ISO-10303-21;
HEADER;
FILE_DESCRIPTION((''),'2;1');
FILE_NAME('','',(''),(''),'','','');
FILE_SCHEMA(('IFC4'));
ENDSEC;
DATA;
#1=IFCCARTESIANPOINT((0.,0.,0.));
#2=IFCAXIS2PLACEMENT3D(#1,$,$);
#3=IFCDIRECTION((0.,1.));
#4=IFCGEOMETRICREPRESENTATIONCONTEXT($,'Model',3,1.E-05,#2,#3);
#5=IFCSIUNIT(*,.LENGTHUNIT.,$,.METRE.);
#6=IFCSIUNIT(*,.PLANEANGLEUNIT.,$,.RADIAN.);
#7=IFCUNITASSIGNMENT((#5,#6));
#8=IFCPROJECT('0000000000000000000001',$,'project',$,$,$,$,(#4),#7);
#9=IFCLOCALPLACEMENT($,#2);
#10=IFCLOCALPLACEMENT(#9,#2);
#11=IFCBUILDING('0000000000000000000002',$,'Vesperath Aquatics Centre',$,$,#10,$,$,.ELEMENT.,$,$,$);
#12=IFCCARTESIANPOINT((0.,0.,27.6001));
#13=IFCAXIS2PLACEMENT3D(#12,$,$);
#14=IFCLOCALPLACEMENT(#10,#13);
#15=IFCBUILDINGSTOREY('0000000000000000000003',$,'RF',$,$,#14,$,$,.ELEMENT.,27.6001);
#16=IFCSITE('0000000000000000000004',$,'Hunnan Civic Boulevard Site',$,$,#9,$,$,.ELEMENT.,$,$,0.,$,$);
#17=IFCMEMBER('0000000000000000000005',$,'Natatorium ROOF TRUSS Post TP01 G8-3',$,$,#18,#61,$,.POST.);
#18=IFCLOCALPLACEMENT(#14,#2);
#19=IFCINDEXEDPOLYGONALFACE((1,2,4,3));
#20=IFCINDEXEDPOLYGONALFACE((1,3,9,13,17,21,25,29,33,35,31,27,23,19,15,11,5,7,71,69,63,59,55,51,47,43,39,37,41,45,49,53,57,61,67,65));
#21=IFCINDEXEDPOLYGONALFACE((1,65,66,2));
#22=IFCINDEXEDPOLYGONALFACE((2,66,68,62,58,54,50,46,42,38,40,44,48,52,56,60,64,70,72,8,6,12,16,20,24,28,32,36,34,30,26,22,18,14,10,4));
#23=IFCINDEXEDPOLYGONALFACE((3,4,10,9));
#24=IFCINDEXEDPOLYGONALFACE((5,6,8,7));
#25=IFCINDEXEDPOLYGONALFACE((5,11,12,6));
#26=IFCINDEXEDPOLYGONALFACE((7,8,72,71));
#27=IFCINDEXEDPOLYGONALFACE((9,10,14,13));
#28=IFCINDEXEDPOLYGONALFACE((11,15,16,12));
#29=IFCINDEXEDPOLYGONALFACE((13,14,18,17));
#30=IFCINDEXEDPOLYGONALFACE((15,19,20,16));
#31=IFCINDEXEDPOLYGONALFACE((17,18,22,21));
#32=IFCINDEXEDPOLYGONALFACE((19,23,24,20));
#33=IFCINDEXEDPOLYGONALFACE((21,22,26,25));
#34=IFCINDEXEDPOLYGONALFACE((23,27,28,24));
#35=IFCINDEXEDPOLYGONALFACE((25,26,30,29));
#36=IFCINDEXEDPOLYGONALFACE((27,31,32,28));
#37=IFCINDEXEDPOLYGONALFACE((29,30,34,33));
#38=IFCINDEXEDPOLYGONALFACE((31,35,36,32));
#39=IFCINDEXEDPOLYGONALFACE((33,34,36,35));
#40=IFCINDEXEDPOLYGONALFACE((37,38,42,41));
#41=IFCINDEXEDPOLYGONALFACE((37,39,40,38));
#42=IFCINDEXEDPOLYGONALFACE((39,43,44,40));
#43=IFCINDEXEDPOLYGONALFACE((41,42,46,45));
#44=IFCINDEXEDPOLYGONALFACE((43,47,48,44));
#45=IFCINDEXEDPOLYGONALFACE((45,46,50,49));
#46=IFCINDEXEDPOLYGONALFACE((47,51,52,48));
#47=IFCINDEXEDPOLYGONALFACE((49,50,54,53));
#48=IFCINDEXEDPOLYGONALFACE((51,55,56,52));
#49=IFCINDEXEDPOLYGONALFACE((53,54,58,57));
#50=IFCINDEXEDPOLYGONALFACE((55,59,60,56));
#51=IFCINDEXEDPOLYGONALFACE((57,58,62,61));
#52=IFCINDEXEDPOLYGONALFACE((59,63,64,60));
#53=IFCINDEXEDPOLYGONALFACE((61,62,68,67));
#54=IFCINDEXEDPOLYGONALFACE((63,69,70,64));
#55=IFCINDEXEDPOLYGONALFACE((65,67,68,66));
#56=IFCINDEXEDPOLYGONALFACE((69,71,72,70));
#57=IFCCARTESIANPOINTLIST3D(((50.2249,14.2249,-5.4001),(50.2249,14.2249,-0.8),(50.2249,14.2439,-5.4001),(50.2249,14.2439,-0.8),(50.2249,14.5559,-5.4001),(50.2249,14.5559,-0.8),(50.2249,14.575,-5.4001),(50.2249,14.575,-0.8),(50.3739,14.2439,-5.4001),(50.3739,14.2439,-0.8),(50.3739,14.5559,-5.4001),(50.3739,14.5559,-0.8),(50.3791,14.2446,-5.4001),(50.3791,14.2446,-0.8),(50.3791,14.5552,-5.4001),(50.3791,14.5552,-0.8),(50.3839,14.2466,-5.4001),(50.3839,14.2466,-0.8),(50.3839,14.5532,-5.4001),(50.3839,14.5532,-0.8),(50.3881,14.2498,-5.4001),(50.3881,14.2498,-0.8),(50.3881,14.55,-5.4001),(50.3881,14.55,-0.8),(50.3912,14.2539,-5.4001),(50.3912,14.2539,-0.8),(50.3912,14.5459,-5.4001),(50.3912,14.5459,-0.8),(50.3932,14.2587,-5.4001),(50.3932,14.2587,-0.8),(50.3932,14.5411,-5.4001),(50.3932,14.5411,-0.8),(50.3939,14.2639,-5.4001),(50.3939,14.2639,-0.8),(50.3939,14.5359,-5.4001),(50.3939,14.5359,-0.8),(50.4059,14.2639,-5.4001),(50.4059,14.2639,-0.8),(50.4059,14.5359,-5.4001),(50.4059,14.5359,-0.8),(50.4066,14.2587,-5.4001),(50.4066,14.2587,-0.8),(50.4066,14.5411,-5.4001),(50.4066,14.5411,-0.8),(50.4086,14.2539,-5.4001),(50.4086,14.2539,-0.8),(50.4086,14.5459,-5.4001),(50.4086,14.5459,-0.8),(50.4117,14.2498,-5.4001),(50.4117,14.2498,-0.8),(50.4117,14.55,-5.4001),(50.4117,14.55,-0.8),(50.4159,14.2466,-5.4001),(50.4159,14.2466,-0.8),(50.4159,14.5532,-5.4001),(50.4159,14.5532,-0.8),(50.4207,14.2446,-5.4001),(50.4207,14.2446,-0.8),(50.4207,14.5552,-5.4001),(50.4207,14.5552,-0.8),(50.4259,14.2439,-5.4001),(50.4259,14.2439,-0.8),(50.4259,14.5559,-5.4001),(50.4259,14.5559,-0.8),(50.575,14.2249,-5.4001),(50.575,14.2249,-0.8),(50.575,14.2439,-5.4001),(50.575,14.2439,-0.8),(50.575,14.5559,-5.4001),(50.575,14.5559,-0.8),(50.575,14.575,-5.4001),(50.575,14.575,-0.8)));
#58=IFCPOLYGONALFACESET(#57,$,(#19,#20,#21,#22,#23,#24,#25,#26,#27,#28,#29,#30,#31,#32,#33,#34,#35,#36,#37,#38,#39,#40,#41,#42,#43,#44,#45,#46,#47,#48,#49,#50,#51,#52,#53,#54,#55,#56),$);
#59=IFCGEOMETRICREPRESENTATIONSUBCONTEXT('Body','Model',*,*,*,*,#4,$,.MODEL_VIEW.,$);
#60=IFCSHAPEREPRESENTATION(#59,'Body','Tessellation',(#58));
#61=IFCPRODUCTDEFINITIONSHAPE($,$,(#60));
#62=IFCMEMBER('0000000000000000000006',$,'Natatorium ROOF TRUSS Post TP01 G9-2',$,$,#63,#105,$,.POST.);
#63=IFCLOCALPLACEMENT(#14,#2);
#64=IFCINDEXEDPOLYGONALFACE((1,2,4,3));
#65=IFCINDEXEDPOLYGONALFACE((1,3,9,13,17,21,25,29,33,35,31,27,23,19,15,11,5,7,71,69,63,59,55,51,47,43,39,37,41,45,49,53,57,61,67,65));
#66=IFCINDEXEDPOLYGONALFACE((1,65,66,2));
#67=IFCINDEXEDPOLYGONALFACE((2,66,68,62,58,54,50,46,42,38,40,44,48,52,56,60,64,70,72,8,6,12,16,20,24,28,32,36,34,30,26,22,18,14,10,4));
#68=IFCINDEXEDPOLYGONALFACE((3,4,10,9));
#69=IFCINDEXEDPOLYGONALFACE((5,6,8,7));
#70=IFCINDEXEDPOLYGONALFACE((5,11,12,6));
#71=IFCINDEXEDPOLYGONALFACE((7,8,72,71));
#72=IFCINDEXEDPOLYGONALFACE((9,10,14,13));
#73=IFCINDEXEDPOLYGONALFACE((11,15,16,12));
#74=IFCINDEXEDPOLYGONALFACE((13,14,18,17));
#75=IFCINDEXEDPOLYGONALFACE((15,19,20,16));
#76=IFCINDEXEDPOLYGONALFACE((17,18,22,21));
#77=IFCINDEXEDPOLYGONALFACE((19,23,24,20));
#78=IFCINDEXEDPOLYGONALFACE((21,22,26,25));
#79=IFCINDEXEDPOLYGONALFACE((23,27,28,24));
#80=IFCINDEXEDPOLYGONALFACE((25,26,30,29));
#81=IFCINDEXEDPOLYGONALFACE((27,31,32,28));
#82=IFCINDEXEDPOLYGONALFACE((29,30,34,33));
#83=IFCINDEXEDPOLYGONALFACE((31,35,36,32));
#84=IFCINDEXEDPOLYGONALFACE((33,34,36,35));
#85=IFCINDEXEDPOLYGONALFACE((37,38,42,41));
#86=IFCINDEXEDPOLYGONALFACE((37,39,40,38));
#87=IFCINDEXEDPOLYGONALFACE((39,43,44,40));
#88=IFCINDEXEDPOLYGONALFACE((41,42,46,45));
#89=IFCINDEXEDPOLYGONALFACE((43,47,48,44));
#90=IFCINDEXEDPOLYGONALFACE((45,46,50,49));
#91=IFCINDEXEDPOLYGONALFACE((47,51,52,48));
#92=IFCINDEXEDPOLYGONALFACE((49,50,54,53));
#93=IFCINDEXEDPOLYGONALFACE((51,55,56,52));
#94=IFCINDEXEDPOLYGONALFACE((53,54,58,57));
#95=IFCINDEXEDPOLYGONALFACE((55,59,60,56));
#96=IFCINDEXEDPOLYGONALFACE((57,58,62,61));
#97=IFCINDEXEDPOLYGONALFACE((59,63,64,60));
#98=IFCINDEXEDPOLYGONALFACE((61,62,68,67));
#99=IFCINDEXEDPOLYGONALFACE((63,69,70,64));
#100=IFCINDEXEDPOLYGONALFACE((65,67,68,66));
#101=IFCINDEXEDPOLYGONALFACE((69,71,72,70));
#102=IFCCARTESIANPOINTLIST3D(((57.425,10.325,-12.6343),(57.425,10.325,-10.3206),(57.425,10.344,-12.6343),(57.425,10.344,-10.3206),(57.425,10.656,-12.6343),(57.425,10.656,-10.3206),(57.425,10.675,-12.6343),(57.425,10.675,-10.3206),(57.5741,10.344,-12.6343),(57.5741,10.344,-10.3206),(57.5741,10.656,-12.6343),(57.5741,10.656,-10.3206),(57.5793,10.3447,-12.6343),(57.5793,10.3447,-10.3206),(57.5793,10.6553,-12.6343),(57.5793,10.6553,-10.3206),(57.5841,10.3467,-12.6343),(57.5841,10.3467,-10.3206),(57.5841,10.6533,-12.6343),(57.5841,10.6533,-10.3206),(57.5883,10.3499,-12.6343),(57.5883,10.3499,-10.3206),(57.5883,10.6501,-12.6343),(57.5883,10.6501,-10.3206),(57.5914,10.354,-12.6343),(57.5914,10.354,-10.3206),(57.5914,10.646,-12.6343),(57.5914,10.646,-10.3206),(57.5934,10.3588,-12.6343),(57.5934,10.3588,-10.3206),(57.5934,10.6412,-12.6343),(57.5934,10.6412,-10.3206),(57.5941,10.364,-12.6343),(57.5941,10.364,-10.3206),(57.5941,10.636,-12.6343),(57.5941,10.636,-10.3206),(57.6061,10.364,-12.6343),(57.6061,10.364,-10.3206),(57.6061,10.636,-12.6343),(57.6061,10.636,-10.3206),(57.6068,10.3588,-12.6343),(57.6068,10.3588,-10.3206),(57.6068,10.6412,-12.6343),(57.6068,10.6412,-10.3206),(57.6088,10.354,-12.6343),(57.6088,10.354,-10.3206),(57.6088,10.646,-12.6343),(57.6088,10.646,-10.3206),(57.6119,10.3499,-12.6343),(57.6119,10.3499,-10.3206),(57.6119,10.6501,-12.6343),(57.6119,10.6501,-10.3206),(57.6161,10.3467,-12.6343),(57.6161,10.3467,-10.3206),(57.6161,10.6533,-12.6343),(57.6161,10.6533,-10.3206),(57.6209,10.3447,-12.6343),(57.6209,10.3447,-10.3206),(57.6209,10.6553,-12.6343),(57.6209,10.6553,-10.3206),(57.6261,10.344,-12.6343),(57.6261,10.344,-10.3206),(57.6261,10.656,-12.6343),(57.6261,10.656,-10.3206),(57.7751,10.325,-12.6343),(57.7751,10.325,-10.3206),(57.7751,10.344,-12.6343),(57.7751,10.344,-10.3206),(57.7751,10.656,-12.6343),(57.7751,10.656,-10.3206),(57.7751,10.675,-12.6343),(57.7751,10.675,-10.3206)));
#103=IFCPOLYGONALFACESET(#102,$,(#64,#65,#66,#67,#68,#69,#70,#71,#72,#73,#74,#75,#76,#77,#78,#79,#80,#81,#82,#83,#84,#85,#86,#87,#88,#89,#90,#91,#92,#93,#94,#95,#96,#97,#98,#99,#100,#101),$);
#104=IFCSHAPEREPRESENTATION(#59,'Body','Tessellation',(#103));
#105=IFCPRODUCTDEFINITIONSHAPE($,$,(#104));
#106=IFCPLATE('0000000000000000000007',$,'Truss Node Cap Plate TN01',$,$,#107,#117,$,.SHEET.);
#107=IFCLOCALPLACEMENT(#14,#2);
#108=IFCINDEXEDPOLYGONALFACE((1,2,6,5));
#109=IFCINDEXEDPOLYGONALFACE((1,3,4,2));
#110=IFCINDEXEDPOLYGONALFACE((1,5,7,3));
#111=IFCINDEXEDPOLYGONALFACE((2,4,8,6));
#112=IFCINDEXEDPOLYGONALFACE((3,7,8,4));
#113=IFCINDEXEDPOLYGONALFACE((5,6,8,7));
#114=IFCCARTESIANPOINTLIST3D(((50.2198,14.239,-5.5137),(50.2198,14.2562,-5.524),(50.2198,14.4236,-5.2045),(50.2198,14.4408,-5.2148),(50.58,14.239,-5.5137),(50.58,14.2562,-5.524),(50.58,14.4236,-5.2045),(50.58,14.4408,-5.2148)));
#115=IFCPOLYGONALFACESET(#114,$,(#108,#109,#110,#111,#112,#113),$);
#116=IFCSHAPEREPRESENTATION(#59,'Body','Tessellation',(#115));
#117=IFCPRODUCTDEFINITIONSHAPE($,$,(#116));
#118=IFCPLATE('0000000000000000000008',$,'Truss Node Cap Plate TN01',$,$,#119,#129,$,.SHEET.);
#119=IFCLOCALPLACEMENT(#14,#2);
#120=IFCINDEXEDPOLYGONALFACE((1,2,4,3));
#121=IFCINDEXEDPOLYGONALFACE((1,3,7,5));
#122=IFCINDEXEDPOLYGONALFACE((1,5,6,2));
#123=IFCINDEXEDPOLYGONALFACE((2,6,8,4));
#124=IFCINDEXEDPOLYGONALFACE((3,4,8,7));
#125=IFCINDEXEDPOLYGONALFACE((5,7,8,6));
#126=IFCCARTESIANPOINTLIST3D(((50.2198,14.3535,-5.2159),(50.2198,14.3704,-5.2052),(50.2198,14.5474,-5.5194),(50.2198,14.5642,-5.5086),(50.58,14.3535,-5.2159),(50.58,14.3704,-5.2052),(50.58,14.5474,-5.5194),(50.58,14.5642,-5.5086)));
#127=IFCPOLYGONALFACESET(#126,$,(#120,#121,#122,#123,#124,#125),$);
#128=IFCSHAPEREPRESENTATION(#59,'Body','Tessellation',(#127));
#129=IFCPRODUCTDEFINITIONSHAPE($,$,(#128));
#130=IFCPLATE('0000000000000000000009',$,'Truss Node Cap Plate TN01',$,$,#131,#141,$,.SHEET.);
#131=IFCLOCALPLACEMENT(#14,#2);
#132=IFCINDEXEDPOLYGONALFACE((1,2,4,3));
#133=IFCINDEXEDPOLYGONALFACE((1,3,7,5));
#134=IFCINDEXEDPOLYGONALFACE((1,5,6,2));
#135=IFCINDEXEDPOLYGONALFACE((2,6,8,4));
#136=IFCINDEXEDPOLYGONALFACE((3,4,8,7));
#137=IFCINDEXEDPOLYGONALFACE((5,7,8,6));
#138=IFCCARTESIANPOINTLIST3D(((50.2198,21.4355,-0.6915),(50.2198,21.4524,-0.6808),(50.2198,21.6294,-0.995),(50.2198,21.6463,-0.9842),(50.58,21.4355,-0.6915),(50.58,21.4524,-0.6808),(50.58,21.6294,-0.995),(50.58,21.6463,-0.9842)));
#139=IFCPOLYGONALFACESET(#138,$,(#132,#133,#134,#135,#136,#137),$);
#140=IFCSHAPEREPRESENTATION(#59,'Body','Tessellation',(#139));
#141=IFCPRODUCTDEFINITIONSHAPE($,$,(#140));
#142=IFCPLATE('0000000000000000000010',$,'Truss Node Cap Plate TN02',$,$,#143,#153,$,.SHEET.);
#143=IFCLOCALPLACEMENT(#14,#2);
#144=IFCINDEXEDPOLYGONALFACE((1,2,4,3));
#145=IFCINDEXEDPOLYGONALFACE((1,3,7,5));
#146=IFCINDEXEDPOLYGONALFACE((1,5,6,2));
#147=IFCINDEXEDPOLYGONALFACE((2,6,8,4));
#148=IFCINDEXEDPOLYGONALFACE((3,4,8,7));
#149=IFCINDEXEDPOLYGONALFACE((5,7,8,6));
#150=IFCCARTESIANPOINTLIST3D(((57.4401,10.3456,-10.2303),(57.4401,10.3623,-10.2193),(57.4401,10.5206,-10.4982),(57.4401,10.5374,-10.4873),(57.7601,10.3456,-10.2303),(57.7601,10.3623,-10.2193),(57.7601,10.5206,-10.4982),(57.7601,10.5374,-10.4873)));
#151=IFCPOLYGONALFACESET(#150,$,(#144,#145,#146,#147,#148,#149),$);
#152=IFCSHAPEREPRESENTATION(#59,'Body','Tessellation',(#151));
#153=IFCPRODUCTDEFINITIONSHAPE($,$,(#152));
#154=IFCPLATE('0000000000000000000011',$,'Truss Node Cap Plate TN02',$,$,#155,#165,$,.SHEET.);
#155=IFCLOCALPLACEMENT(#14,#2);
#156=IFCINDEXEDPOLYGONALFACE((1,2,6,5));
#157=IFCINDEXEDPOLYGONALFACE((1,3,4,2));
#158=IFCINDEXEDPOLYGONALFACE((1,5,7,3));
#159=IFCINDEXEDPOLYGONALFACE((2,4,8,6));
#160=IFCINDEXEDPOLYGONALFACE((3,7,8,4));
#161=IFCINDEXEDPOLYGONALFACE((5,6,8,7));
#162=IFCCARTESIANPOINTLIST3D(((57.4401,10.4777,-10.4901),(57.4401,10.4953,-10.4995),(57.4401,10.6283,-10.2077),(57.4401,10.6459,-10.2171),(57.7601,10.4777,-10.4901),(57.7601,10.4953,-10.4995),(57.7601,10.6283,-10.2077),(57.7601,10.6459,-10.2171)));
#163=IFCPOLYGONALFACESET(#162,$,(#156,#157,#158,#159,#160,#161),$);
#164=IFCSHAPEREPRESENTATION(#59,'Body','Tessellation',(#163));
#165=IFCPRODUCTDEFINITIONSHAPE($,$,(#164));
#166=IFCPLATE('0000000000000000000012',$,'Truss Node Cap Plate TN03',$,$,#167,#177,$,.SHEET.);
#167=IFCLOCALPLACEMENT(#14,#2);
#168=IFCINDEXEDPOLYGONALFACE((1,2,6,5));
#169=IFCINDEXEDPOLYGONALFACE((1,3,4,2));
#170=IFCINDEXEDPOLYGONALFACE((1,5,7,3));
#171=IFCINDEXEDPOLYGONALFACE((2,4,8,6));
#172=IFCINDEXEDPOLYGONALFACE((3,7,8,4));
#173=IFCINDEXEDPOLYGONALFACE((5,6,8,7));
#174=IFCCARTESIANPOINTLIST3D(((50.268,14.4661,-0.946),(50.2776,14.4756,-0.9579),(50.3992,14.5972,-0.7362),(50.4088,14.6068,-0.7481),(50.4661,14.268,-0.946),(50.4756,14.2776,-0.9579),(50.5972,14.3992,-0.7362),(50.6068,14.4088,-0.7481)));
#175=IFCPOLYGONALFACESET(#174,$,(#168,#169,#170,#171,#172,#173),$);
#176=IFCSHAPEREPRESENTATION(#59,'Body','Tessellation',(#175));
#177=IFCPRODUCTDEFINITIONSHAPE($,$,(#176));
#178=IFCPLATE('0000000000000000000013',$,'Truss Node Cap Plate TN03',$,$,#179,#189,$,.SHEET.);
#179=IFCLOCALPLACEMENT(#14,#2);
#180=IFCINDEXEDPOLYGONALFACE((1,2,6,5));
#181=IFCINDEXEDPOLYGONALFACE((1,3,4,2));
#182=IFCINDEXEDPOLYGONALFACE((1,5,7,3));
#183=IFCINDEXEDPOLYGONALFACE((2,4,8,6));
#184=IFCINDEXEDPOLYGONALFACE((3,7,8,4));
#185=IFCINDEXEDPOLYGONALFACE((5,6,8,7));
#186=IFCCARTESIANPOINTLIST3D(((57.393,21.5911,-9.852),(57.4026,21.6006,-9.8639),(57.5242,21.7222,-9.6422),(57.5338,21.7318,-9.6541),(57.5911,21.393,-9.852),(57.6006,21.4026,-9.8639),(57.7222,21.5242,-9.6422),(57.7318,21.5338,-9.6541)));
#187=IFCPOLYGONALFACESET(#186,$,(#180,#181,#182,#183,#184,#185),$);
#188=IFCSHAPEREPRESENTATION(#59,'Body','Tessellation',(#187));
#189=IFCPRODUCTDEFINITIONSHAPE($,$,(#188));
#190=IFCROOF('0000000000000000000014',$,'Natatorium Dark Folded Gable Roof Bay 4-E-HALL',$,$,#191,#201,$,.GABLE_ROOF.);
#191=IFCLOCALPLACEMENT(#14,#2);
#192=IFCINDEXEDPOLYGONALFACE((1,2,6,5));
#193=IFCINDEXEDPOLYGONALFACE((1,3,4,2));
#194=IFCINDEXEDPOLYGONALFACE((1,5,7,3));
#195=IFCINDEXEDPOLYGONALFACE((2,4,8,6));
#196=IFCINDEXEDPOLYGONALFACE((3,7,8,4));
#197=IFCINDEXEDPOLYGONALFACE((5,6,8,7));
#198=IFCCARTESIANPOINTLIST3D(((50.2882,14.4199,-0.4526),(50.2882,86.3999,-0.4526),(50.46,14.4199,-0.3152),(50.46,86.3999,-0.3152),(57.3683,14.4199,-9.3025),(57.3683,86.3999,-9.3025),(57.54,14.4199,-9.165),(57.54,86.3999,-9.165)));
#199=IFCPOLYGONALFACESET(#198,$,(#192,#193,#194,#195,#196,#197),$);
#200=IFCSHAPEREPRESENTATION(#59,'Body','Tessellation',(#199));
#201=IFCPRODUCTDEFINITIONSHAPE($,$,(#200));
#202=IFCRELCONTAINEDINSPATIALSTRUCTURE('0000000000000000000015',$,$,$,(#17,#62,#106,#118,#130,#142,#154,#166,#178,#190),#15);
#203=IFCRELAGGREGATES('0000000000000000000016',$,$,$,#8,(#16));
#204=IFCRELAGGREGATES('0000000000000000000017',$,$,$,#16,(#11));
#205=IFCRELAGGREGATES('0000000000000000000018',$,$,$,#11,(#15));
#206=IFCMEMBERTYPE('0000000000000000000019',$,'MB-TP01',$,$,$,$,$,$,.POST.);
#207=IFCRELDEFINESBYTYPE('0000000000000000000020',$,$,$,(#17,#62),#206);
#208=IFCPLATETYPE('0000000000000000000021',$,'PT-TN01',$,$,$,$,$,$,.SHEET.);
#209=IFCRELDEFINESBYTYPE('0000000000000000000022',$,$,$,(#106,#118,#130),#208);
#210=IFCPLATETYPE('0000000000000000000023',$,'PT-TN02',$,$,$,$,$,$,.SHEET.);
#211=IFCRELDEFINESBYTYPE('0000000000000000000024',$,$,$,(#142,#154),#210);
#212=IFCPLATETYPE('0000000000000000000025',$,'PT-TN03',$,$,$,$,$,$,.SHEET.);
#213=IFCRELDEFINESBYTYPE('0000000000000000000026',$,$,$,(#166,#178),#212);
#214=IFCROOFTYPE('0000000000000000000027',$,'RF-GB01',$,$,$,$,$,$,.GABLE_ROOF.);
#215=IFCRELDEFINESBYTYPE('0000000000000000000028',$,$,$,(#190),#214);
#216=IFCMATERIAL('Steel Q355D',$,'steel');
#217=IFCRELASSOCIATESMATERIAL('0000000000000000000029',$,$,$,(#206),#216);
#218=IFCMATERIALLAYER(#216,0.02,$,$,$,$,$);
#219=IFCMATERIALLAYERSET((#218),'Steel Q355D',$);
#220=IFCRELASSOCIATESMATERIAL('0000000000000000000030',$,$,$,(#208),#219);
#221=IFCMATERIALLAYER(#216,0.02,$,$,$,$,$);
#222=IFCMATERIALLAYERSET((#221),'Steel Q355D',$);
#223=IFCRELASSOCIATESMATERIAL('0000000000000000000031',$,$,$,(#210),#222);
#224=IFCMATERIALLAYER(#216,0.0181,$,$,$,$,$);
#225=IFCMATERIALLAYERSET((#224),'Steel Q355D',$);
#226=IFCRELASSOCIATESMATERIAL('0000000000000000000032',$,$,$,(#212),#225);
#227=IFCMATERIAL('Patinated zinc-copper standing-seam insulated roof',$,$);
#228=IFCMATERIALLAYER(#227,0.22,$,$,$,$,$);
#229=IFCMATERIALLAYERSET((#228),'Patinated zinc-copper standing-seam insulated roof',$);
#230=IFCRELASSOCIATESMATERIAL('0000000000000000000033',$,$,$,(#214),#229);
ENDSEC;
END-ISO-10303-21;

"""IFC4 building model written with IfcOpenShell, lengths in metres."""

from ifc_helpers import new_model, si_unit, direction, frame, origin, origin_2d, place, context, subcontext, project, spatial, polyline, rectangle, i_section, outline, extrude, material, layer, layer_set, material_profile, profile_set, type_object, element, save


model = new_model("IFC4")

# Units and contexts
model_context = context("Model", 3, precision=1e-05, world=origin(), true_north=direction((0.0, 1.0)))
body_context = subcontext(model_context, "Body", "Model", "MODEL_VIEW")
ifc_project = project(units=[si_unit("LENGTHUNIT", "METRE"), si_unit("PLANEANGLEUNIT", "RADIAN")], contexts=[model_context])

# Site, building, storey
site_placement = place(None, origin())
site = spatial("IfcSite", under=ifc_project, at=site_placement, Name="Hunnan Civic Boulevard Site", CompositionType="ELEMENT", RefElevation=0.0)
building_placement = place(site_placement, origin())
building = spatial("IfcBuilding", under=site, at=building_placement, Name="Vesperath Aquatics Centre", CompositionType="ELEMENT")
storey_placement = place(building_placement, frame((0.0, 0.0, 27.6001)))
storey = spatial("IfcBuildingStorey", under=building, at=storey_placement, Name="RF", CompositionType="ELEMENT", Elevation=27.6001)

# Members
ifc_material_1 = material(Name="Steel Q355D", Category="steel")
ifc_material_profile_1 = material_profile(ifc_material_1, i_section(OverallWidth=0.3501, OverallDepth=0.3501, WebThickness=0.012, FlangeThickness=0.019, FilletRadius=0.02, at=origin_2d()), Name="HW 350x350x12x19")
ifc_profile_set_1 = profile_set([ifc_material_profile_1], Name="Steel Q355D")
member_type_1 = type_object("IfcMemberType", Name="MB-TP01", PredefinedType="POST", material=ifc_profile_set_1)
member_1_placement = place(storey_placement, frame((50.3999, 14.3999, -5.4001), z_axis=(0.0, 0.0, 1.0), x_axis=(1.0, 0.0, 0.0)))
element("IfcMember", 1, at=member_1_placement, inside=storey, type_object=member_type_1, Name="Natatorium ROOF TRUSS Post TP01 G8-3", PredefinedType="POST", context=body_context, shape_type="SweptSolid", body=[
    extrude(i_section(OverallWidth=0.3501, OverallDepth=0.3501, WebThickness=0.012, FlangeThickness=0.019, FilletRadius=0.02, at=origin_2d()), origin(), (0.0, 0.0, 1.0), 4.6001),
])
member_2_placement = place(storey_placement, frame((57.6001, 10.5, -12.6343), z_axis=(0.0, 0.0, 1.0), x_axis=(1.0, 0.0, 0.0)))
element("IfcMember", 2, at=member_2_placement, inside=storey, type_object=member_type_1, Name="Natatorium ROOF TRUSS Post TP01 G9-2", PredefinedType="POST", context=body_context, shape_type="SweptSolid", body=[
    extrude(i_section(OverallWidth=0.3501, OverallDepth=0.3501, WebThickness=0.012, FlangeThickness=0.019, FilletRadius=0.02, at=origin_2d()), origin(), (0.0, 0.0, 1.0), 2.3137),
])

# Plates
ifc_layer_1 = layer(ifc_material_1, 0.02)
ifc_layer_set_1 = layer_set([ifc_layer_1], Name="Steel Q355D")
plate_type_1 = type_object("IfcPlateType", Name="PT-TN01", PredefinedType="SHEET", material=ifc_layer_set_1)
for number, where, z_axis, x_axis, name in (
    (3, (50.3999, 14.3313, -5.3591), (0.0, 0.858729, -0.51243), (-1.0, 0.0, 0.0), "Truss Node Cap Plate TN01"),
    (4, (50.3999, 14.4504, -5.3677), (0.0, 0.842696, 0.538389), (-1.0, 0.0, 0.0), "Truss Node Cap Plate TN01"),
    (5, (50.3999, 21.5325, -0.8433), (0.0, 0.842696, 0.538389), (-1.0, 0.0, 0.0), "Truss Node Cap Plate TN01"),
):
    element("IfcPlate", number, at=place(storey_placement, frame(where, z_axis=z_axis, x_axis=x_axis)), inside=storey, type_object=plate_type_1, Name=name, PredefinedType="SHEET", context=body_context, shape_type="SweptSolid", body=[
        extrude(rectangle(XDim=0.3601, YDim=0.3601, at=origin_2d()), origin(), (0.0, 0.0, 1.0), 0.02),
    ])
ifc_layer_2 = layer(ifc_material_1, 0.02)
ifc_layer_set_2 = layer_set([ifc_layer_2], Name="Steel Q355D")
plate_type_2 = type_object("IfcPlateType", Name="PT-TN02", PredefinedType="SHEET", material=ifc_layer_set_2)
for number, where, z_axis, x_axis, name in (
    (6, (57.6001, 10.4331, -10.3643), (0.0, 0.837176, 0.546934), (-1.0, 0.0, 0.0), "Truss Node Cap Plate TN02"),
    (7, (57.6001, 10.553, -10.3489), (0.0, 0.882391, -0.470518), (-1.0, 0.0, 0.0), "Truss Node Cap Plate TN02"),
):
    element("IfcPlate", number, at=place(storey_placement, frame(where, z_axis=z_axis, x_axis=x_axis)), inside=storey, type_object=plate_type_2, Name=name, PredefinedType="SHEET", context=body_context, shape_type="SweptSolid", body=[
        extrude(rectangle(XDim=0.3201, YDim=0.3201, at=origin_2d()), origin(), (0.0, 0.0, 1.0), 0.02),
    ])
ifc_layer_3 = layer(ifc_material_1, 0.0181)
ifc_layer_set_3 = layer_set([ifc_layer_3], Name="Steel Q355D")
plate_type_3 = type_object("IfcPlateType", Name="PT-TN03", PredefinedType="SHEET", material=ifc_layer_set_3)
for number, where, z_axis, x_axis, name in (
    (8, (50.4326, 14.4326, -0.8411), (0.529813, 0.529813, -0.662266), (-0.707107, 0.707107, 0.0), "Truss Node Cap Plate TN03"),
    (9, (57.5576, 21.5576, -9.7471), (0.529813, 0.529813, -0.662266), (-0.707107, 0.707107, 0.0), "Truss Node Cap Plate TN03"),
):
    element("IfcPlate", number, at=place(storey_placement, frame(where, z_axis=z_axis, x_axis=x_axis)), inside=storey, type_object=plate_type_3, Name=name, PredefinedType="SHEET", context=body_context, shape_type="SweptSolid", body=[
        extrude(rectangle(XDim=0.28, YDim=0.28, at=origin_2d()), origin(), (0.0, 0.0, 1.0), 0.0181),
    ])

# Roof
ifc_material_2 = material(Name="Patinated zinc-copper standing-seam insulated roof")
ifc_layer_4 = layer(ifc_material_2, 0.22)
ifc_layer_set_4 = layer_set([ifc_layer_4], Name="Patinated zinc-copper standing-seam insulated roof")
roof_type = type_object("IfcRoofType", Name="RF-GB01", PredefinedType="GABLE_ROOF", material=ifc_layer_set_4)
roof_placement = place(storey_placement, frame((50.46, 14.4199, -0.3152), z_axis=(0.78086, 0.0, 0.624706), x_axis=(0.624706, 0.0, -0.78086)))
element("IfcRoof", 10, at=roof_placement, inside=storey, type_object=roof_type, Name="Natatorium Dark Folded Gable Roof Bay 4-E-HALL", PredefinedType="GABLE_ROOF", context=body_context, shape_type="SweptSolid", body=[
    extrude(outline(polyline([(0.0, 0.0), (11.3335, 0.0), (11.3335, 71.98), (0.0, 71.98), (0.0, 0.0)])), origin(), (0.0, 0.0, -1.0), 0.22),
])

save(model, "model.ifc")
